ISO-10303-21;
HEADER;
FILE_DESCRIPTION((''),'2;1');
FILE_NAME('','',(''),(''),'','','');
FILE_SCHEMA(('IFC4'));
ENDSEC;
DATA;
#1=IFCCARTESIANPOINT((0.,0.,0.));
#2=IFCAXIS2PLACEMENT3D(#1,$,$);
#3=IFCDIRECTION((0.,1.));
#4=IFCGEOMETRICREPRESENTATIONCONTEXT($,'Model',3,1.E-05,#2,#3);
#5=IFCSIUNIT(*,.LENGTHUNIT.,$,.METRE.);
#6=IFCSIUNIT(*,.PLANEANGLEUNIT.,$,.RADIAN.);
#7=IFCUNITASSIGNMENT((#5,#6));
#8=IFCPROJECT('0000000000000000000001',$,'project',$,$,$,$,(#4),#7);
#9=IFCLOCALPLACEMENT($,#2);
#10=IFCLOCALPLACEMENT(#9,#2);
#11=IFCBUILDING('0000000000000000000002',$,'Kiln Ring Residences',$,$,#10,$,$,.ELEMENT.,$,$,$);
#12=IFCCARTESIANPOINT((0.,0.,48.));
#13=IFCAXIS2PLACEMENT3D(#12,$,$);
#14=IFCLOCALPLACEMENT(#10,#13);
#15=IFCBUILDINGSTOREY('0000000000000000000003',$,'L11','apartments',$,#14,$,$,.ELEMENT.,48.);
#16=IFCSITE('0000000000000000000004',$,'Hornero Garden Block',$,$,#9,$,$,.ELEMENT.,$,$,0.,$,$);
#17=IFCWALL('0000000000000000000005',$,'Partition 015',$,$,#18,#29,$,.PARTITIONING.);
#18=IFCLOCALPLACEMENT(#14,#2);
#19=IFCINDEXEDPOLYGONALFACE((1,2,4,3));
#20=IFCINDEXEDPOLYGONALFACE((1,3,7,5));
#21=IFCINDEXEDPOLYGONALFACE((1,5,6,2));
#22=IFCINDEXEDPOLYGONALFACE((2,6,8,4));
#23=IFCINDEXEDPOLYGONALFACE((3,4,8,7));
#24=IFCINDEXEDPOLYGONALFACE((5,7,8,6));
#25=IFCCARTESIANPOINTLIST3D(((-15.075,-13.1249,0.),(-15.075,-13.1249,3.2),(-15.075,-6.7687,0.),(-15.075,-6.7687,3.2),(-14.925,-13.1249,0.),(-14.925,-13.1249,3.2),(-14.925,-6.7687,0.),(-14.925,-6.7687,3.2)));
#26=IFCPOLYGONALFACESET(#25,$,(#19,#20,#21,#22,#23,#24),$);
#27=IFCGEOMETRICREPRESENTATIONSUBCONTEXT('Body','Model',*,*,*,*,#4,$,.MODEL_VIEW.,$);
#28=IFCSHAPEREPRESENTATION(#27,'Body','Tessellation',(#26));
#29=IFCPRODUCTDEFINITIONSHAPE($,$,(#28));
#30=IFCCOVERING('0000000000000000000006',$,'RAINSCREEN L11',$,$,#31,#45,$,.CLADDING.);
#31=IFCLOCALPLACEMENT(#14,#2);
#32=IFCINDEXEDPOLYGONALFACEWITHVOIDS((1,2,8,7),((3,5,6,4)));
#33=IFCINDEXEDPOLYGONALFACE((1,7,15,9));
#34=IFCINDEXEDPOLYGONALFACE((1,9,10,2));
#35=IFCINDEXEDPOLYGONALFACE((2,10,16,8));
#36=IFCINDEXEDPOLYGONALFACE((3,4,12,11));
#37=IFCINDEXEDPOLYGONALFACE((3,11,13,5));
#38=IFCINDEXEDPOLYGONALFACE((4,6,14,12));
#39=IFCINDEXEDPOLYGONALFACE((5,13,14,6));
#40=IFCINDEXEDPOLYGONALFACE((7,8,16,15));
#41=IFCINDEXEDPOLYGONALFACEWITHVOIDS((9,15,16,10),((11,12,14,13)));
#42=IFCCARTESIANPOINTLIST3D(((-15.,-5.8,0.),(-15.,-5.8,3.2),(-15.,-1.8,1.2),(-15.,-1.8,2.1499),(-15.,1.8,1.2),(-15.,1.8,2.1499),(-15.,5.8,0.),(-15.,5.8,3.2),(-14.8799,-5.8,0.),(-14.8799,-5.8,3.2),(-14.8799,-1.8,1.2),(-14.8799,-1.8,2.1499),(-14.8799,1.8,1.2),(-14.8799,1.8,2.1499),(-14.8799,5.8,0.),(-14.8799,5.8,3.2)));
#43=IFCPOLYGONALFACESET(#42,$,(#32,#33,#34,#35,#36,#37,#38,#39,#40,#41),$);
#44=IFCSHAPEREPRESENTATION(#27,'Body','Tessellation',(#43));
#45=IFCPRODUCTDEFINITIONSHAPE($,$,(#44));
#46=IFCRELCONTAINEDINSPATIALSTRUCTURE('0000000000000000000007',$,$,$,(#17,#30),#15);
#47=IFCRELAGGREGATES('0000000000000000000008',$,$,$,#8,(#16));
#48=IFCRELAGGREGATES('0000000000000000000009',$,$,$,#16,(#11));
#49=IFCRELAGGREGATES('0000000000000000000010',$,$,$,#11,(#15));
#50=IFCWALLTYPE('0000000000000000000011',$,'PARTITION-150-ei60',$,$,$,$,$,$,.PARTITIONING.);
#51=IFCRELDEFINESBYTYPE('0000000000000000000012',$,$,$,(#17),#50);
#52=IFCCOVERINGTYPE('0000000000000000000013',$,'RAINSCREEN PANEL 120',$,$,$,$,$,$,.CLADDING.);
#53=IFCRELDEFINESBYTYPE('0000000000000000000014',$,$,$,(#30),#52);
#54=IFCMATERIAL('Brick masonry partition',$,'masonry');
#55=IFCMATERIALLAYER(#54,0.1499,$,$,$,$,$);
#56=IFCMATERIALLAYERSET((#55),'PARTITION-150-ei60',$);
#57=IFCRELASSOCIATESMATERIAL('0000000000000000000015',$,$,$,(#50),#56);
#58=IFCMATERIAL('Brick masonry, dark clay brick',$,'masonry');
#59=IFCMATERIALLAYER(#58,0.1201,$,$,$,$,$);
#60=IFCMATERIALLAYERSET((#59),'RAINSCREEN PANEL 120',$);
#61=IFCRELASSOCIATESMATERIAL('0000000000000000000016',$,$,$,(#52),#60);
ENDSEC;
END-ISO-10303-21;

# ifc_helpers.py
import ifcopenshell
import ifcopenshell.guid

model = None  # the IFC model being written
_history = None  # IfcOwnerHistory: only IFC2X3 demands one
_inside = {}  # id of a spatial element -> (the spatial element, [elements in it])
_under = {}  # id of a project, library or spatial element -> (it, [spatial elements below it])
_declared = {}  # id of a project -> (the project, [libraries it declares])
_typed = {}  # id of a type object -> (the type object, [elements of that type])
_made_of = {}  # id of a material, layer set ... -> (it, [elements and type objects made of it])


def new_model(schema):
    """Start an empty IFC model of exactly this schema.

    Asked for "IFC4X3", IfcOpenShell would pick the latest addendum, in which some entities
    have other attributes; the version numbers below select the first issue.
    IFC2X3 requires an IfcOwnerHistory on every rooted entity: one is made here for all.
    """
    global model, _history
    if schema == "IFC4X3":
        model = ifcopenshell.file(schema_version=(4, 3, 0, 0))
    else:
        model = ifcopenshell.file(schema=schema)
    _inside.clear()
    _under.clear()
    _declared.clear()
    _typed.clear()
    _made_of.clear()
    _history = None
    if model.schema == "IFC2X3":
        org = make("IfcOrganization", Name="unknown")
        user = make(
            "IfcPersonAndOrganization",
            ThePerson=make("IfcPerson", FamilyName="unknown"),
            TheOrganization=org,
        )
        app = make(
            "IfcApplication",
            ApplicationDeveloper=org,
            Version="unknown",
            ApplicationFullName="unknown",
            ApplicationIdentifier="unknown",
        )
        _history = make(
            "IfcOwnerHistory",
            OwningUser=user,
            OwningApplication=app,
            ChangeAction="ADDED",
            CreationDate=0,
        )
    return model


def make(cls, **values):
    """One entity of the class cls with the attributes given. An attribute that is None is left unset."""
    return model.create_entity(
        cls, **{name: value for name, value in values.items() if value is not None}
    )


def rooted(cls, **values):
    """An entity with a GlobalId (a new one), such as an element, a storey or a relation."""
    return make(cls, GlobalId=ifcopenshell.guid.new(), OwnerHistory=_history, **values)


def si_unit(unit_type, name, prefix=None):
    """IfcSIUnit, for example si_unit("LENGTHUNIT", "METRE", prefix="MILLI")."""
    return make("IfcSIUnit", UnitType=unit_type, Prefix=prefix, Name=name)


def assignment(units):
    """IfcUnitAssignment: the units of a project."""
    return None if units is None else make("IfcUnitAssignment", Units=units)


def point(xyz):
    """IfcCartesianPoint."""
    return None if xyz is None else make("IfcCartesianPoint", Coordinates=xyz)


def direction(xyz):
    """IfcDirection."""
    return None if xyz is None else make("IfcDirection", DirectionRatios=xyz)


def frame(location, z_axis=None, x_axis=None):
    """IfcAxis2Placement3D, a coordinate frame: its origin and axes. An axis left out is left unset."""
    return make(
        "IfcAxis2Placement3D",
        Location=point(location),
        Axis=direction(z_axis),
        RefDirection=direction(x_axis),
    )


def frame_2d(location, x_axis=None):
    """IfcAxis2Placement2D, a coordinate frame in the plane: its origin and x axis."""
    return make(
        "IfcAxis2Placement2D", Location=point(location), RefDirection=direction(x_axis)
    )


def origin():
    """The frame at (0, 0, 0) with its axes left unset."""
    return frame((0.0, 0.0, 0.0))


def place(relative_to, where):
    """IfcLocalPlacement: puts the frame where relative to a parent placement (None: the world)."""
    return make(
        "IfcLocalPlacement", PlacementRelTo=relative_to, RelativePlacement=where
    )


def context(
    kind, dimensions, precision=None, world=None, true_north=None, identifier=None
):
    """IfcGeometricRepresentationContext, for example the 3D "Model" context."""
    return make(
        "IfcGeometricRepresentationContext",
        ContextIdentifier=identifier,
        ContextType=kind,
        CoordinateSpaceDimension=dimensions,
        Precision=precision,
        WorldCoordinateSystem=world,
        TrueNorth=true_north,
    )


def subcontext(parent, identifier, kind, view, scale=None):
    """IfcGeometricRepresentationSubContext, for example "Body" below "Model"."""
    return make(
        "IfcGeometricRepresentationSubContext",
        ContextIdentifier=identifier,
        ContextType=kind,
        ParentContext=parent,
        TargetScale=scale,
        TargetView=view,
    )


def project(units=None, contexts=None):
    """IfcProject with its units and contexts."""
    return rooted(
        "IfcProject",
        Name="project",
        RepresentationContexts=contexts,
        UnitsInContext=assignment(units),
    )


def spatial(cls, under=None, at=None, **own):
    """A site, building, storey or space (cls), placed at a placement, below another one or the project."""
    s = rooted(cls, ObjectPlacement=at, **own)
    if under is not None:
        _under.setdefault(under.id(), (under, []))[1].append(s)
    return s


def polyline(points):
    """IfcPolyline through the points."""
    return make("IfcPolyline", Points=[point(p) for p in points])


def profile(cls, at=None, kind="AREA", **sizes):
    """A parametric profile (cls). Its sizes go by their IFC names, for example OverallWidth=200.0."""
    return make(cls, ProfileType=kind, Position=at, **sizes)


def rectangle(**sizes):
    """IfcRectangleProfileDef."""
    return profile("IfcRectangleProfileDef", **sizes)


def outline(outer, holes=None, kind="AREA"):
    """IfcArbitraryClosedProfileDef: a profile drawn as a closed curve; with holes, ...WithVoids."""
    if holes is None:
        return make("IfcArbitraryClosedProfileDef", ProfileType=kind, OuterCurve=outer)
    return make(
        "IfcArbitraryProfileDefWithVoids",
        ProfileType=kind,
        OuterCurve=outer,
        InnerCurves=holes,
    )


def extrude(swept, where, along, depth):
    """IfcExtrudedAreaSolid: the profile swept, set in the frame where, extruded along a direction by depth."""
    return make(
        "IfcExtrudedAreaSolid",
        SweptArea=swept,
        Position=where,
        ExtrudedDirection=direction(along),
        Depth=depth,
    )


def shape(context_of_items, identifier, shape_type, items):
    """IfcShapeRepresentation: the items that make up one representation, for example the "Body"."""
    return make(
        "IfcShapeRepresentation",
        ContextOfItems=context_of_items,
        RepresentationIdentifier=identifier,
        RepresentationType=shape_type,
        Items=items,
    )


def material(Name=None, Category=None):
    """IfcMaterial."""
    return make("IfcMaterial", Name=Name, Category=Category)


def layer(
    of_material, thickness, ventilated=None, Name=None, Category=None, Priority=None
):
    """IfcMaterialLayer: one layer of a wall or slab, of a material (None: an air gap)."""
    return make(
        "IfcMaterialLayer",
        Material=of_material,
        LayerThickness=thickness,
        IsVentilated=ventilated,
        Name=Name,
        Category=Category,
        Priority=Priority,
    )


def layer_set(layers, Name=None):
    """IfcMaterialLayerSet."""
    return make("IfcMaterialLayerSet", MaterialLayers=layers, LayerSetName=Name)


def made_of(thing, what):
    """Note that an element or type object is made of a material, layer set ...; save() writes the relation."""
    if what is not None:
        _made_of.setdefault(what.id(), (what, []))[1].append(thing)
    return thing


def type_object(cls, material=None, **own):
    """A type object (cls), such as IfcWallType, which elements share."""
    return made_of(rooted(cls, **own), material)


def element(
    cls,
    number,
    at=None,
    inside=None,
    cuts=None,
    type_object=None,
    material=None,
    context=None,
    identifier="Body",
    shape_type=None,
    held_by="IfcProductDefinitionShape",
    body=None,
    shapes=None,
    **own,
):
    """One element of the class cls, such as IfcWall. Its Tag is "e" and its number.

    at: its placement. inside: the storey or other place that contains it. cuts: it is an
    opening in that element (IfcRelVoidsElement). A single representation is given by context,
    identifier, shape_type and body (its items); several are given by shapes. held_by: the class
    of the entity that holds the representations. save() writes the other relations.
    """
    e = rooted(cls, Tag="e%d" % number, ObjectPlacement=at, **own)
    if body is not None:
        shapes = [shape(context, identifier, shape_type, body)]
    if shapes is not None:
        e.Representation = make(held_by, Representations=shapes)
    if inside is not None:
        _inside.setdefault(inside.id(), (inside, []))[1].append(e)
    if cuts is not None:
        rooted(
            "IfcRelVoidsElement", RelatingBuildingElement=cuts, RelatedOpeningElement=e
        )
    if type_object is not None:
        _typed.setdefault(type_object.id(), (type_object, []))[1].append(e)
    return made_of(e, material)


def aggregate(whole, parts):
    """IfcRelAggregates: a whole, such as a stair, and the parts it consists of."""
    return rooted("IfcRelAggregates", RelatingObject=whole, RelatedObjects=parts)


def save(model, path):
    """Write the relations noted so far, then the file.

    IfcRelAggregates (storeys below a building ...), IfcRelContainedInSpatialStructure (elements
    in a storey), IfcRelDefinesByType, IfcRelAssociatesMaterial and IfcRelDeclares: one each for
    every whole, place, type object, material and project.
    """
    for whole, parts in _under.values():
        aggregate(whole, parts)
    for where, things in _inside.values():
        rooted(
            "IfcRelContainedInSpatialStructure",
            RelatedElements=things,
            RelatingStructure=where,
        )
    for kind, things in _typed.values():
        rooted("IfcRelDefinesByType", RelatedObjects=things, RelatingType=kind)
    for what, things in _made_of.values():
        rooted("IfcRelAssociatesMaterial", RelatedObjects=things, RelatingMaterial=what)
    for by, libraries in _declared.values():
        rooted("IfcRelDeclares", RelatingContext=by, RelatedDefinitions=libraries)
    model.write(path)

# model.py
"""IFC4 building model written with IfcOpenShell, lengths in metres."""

from ifc_helpers import new_model, si_unit, direction, frame, frame_2d, origin, place, context, subcontext, project, spatial, polyline, rectangle, outline, extrude, material, layer, layer_set, type_object, element, save


model = new_model("IFC4")

# Units and contexts
model_context = context("Model", 3, precision=1e-05, world=origin(), true_north=direction((0.0, 1.0)))
body_context = subcontext(model_context, "Body", "Model", "MODEL_VIEW")
ifc_project = project(units=[si_unit("LENGTHUNIT", "METRE"), si_unit("PLANEANGLEUNIT", "RADIAN")], contexts=[model_context])

# Site, building, storey
site_placement = place(None, origin())
site = spatial("IfcSite", under=ifc_project, at=site_placement, Name="Hornero Garden Block", CompositionType="ELEMENT", RefElevation=0.0)
building_placement = place(site_placement, origin())
building = spatial("IfcBuilding", under=site, at=building_placement, Name="Kiln Ring Residences", CompositionType="ELEMENT")
storey_placement = place(building_placement, frame((0.0, 0.0, 48.0)))
storey = spatial("IfcBuildingStorey", under=building, at=storey_placement, Name="L11", Description="apartments", CompositionType="ELEMENT", Elevation=48.0)

# Shared definitions
ifc_material_1 = material(Name="Brick masonry partition", Category="masonry")
ifc_layer_1 = layer(ifc_material_1, 0.1499)
ifc_layer_set_1 = layer_set([ifc_layer_1], Name="PARTITION-150-ei60")
wall_type_1 = type_object("IfcWallType", Name="PARTITION-150-ei60", PredefinedType="PARTITIONING", material=ifc_layer_set_1)

# Wall
wall_1_placement = place(storey_placement, frame((-15.0, -13.125, 0.0), z_axis=(0.0, 0.0, 1.0), x_axis=(0.0, 1.0, 0.0)))
element("IfcWall", 1, at=wall_1_placement, inside=storey, type_object=wall_type_1, Name="Partition 015", PredefinedType="PARTITIONING", context=body_context, shape_type="SweptSolid", body=[
    extrude(rectangle(XDim=6.3562, YDim=0.1499, at=frame_2d((3.1782, 0.0))), origin(), (0.0, 0.0, 1.0), 3.2),
])

# Covering
ifc_material_2 = material(Name="Brick masonry, dark clay brick", Category="masonry")
ifc_layer_2 = layer(ifc_material_2, 0.1201)
ifc_layer_set_2 = layer_set([ifc_layer_2], Name="RAINSCREEN PANEL 120")
covering_type = type_object("IfcCoveringType", Name="RAINSCREEN PANEL 120", PredefinedType="CLADDING", material=ifc_layer_set_2)
covering_placement = place(storey_placement, frame((-14.9399, -5.8, 0.0), z_axis=(0.0, 0.0, 1.0), x_axis=(0.0, 1.0, 0.0)))
element("IfcCovering", 2, at=covering_placement, inside=storey, type_object=covering_type, Name="RAINSCREEN L11", PredefinedType="CLADDING", context=body_context, shape_type="SweptSolid", body=[
    extrude(outline(polyline([(0.0, 0.0), (11.6001, 0.0), (11.6001, 3.2), (0.0, 3.2), (0.0, 0.0)]), holes=[polyline([(4.0, 2.1499), (4.0, 1.2), (7.6001, 1.2), (7.6001, 2.1499), (4.0, 2.1499)])]), frame((0.0, 0.0601, 0.0), z_axis=(0.0, -1.0, 0.0), x_axis=(1.0, 0.0, 0.0)), (0.0, 0.0, 1.0), 0.1201),
])

save(model, "model.ifc")
